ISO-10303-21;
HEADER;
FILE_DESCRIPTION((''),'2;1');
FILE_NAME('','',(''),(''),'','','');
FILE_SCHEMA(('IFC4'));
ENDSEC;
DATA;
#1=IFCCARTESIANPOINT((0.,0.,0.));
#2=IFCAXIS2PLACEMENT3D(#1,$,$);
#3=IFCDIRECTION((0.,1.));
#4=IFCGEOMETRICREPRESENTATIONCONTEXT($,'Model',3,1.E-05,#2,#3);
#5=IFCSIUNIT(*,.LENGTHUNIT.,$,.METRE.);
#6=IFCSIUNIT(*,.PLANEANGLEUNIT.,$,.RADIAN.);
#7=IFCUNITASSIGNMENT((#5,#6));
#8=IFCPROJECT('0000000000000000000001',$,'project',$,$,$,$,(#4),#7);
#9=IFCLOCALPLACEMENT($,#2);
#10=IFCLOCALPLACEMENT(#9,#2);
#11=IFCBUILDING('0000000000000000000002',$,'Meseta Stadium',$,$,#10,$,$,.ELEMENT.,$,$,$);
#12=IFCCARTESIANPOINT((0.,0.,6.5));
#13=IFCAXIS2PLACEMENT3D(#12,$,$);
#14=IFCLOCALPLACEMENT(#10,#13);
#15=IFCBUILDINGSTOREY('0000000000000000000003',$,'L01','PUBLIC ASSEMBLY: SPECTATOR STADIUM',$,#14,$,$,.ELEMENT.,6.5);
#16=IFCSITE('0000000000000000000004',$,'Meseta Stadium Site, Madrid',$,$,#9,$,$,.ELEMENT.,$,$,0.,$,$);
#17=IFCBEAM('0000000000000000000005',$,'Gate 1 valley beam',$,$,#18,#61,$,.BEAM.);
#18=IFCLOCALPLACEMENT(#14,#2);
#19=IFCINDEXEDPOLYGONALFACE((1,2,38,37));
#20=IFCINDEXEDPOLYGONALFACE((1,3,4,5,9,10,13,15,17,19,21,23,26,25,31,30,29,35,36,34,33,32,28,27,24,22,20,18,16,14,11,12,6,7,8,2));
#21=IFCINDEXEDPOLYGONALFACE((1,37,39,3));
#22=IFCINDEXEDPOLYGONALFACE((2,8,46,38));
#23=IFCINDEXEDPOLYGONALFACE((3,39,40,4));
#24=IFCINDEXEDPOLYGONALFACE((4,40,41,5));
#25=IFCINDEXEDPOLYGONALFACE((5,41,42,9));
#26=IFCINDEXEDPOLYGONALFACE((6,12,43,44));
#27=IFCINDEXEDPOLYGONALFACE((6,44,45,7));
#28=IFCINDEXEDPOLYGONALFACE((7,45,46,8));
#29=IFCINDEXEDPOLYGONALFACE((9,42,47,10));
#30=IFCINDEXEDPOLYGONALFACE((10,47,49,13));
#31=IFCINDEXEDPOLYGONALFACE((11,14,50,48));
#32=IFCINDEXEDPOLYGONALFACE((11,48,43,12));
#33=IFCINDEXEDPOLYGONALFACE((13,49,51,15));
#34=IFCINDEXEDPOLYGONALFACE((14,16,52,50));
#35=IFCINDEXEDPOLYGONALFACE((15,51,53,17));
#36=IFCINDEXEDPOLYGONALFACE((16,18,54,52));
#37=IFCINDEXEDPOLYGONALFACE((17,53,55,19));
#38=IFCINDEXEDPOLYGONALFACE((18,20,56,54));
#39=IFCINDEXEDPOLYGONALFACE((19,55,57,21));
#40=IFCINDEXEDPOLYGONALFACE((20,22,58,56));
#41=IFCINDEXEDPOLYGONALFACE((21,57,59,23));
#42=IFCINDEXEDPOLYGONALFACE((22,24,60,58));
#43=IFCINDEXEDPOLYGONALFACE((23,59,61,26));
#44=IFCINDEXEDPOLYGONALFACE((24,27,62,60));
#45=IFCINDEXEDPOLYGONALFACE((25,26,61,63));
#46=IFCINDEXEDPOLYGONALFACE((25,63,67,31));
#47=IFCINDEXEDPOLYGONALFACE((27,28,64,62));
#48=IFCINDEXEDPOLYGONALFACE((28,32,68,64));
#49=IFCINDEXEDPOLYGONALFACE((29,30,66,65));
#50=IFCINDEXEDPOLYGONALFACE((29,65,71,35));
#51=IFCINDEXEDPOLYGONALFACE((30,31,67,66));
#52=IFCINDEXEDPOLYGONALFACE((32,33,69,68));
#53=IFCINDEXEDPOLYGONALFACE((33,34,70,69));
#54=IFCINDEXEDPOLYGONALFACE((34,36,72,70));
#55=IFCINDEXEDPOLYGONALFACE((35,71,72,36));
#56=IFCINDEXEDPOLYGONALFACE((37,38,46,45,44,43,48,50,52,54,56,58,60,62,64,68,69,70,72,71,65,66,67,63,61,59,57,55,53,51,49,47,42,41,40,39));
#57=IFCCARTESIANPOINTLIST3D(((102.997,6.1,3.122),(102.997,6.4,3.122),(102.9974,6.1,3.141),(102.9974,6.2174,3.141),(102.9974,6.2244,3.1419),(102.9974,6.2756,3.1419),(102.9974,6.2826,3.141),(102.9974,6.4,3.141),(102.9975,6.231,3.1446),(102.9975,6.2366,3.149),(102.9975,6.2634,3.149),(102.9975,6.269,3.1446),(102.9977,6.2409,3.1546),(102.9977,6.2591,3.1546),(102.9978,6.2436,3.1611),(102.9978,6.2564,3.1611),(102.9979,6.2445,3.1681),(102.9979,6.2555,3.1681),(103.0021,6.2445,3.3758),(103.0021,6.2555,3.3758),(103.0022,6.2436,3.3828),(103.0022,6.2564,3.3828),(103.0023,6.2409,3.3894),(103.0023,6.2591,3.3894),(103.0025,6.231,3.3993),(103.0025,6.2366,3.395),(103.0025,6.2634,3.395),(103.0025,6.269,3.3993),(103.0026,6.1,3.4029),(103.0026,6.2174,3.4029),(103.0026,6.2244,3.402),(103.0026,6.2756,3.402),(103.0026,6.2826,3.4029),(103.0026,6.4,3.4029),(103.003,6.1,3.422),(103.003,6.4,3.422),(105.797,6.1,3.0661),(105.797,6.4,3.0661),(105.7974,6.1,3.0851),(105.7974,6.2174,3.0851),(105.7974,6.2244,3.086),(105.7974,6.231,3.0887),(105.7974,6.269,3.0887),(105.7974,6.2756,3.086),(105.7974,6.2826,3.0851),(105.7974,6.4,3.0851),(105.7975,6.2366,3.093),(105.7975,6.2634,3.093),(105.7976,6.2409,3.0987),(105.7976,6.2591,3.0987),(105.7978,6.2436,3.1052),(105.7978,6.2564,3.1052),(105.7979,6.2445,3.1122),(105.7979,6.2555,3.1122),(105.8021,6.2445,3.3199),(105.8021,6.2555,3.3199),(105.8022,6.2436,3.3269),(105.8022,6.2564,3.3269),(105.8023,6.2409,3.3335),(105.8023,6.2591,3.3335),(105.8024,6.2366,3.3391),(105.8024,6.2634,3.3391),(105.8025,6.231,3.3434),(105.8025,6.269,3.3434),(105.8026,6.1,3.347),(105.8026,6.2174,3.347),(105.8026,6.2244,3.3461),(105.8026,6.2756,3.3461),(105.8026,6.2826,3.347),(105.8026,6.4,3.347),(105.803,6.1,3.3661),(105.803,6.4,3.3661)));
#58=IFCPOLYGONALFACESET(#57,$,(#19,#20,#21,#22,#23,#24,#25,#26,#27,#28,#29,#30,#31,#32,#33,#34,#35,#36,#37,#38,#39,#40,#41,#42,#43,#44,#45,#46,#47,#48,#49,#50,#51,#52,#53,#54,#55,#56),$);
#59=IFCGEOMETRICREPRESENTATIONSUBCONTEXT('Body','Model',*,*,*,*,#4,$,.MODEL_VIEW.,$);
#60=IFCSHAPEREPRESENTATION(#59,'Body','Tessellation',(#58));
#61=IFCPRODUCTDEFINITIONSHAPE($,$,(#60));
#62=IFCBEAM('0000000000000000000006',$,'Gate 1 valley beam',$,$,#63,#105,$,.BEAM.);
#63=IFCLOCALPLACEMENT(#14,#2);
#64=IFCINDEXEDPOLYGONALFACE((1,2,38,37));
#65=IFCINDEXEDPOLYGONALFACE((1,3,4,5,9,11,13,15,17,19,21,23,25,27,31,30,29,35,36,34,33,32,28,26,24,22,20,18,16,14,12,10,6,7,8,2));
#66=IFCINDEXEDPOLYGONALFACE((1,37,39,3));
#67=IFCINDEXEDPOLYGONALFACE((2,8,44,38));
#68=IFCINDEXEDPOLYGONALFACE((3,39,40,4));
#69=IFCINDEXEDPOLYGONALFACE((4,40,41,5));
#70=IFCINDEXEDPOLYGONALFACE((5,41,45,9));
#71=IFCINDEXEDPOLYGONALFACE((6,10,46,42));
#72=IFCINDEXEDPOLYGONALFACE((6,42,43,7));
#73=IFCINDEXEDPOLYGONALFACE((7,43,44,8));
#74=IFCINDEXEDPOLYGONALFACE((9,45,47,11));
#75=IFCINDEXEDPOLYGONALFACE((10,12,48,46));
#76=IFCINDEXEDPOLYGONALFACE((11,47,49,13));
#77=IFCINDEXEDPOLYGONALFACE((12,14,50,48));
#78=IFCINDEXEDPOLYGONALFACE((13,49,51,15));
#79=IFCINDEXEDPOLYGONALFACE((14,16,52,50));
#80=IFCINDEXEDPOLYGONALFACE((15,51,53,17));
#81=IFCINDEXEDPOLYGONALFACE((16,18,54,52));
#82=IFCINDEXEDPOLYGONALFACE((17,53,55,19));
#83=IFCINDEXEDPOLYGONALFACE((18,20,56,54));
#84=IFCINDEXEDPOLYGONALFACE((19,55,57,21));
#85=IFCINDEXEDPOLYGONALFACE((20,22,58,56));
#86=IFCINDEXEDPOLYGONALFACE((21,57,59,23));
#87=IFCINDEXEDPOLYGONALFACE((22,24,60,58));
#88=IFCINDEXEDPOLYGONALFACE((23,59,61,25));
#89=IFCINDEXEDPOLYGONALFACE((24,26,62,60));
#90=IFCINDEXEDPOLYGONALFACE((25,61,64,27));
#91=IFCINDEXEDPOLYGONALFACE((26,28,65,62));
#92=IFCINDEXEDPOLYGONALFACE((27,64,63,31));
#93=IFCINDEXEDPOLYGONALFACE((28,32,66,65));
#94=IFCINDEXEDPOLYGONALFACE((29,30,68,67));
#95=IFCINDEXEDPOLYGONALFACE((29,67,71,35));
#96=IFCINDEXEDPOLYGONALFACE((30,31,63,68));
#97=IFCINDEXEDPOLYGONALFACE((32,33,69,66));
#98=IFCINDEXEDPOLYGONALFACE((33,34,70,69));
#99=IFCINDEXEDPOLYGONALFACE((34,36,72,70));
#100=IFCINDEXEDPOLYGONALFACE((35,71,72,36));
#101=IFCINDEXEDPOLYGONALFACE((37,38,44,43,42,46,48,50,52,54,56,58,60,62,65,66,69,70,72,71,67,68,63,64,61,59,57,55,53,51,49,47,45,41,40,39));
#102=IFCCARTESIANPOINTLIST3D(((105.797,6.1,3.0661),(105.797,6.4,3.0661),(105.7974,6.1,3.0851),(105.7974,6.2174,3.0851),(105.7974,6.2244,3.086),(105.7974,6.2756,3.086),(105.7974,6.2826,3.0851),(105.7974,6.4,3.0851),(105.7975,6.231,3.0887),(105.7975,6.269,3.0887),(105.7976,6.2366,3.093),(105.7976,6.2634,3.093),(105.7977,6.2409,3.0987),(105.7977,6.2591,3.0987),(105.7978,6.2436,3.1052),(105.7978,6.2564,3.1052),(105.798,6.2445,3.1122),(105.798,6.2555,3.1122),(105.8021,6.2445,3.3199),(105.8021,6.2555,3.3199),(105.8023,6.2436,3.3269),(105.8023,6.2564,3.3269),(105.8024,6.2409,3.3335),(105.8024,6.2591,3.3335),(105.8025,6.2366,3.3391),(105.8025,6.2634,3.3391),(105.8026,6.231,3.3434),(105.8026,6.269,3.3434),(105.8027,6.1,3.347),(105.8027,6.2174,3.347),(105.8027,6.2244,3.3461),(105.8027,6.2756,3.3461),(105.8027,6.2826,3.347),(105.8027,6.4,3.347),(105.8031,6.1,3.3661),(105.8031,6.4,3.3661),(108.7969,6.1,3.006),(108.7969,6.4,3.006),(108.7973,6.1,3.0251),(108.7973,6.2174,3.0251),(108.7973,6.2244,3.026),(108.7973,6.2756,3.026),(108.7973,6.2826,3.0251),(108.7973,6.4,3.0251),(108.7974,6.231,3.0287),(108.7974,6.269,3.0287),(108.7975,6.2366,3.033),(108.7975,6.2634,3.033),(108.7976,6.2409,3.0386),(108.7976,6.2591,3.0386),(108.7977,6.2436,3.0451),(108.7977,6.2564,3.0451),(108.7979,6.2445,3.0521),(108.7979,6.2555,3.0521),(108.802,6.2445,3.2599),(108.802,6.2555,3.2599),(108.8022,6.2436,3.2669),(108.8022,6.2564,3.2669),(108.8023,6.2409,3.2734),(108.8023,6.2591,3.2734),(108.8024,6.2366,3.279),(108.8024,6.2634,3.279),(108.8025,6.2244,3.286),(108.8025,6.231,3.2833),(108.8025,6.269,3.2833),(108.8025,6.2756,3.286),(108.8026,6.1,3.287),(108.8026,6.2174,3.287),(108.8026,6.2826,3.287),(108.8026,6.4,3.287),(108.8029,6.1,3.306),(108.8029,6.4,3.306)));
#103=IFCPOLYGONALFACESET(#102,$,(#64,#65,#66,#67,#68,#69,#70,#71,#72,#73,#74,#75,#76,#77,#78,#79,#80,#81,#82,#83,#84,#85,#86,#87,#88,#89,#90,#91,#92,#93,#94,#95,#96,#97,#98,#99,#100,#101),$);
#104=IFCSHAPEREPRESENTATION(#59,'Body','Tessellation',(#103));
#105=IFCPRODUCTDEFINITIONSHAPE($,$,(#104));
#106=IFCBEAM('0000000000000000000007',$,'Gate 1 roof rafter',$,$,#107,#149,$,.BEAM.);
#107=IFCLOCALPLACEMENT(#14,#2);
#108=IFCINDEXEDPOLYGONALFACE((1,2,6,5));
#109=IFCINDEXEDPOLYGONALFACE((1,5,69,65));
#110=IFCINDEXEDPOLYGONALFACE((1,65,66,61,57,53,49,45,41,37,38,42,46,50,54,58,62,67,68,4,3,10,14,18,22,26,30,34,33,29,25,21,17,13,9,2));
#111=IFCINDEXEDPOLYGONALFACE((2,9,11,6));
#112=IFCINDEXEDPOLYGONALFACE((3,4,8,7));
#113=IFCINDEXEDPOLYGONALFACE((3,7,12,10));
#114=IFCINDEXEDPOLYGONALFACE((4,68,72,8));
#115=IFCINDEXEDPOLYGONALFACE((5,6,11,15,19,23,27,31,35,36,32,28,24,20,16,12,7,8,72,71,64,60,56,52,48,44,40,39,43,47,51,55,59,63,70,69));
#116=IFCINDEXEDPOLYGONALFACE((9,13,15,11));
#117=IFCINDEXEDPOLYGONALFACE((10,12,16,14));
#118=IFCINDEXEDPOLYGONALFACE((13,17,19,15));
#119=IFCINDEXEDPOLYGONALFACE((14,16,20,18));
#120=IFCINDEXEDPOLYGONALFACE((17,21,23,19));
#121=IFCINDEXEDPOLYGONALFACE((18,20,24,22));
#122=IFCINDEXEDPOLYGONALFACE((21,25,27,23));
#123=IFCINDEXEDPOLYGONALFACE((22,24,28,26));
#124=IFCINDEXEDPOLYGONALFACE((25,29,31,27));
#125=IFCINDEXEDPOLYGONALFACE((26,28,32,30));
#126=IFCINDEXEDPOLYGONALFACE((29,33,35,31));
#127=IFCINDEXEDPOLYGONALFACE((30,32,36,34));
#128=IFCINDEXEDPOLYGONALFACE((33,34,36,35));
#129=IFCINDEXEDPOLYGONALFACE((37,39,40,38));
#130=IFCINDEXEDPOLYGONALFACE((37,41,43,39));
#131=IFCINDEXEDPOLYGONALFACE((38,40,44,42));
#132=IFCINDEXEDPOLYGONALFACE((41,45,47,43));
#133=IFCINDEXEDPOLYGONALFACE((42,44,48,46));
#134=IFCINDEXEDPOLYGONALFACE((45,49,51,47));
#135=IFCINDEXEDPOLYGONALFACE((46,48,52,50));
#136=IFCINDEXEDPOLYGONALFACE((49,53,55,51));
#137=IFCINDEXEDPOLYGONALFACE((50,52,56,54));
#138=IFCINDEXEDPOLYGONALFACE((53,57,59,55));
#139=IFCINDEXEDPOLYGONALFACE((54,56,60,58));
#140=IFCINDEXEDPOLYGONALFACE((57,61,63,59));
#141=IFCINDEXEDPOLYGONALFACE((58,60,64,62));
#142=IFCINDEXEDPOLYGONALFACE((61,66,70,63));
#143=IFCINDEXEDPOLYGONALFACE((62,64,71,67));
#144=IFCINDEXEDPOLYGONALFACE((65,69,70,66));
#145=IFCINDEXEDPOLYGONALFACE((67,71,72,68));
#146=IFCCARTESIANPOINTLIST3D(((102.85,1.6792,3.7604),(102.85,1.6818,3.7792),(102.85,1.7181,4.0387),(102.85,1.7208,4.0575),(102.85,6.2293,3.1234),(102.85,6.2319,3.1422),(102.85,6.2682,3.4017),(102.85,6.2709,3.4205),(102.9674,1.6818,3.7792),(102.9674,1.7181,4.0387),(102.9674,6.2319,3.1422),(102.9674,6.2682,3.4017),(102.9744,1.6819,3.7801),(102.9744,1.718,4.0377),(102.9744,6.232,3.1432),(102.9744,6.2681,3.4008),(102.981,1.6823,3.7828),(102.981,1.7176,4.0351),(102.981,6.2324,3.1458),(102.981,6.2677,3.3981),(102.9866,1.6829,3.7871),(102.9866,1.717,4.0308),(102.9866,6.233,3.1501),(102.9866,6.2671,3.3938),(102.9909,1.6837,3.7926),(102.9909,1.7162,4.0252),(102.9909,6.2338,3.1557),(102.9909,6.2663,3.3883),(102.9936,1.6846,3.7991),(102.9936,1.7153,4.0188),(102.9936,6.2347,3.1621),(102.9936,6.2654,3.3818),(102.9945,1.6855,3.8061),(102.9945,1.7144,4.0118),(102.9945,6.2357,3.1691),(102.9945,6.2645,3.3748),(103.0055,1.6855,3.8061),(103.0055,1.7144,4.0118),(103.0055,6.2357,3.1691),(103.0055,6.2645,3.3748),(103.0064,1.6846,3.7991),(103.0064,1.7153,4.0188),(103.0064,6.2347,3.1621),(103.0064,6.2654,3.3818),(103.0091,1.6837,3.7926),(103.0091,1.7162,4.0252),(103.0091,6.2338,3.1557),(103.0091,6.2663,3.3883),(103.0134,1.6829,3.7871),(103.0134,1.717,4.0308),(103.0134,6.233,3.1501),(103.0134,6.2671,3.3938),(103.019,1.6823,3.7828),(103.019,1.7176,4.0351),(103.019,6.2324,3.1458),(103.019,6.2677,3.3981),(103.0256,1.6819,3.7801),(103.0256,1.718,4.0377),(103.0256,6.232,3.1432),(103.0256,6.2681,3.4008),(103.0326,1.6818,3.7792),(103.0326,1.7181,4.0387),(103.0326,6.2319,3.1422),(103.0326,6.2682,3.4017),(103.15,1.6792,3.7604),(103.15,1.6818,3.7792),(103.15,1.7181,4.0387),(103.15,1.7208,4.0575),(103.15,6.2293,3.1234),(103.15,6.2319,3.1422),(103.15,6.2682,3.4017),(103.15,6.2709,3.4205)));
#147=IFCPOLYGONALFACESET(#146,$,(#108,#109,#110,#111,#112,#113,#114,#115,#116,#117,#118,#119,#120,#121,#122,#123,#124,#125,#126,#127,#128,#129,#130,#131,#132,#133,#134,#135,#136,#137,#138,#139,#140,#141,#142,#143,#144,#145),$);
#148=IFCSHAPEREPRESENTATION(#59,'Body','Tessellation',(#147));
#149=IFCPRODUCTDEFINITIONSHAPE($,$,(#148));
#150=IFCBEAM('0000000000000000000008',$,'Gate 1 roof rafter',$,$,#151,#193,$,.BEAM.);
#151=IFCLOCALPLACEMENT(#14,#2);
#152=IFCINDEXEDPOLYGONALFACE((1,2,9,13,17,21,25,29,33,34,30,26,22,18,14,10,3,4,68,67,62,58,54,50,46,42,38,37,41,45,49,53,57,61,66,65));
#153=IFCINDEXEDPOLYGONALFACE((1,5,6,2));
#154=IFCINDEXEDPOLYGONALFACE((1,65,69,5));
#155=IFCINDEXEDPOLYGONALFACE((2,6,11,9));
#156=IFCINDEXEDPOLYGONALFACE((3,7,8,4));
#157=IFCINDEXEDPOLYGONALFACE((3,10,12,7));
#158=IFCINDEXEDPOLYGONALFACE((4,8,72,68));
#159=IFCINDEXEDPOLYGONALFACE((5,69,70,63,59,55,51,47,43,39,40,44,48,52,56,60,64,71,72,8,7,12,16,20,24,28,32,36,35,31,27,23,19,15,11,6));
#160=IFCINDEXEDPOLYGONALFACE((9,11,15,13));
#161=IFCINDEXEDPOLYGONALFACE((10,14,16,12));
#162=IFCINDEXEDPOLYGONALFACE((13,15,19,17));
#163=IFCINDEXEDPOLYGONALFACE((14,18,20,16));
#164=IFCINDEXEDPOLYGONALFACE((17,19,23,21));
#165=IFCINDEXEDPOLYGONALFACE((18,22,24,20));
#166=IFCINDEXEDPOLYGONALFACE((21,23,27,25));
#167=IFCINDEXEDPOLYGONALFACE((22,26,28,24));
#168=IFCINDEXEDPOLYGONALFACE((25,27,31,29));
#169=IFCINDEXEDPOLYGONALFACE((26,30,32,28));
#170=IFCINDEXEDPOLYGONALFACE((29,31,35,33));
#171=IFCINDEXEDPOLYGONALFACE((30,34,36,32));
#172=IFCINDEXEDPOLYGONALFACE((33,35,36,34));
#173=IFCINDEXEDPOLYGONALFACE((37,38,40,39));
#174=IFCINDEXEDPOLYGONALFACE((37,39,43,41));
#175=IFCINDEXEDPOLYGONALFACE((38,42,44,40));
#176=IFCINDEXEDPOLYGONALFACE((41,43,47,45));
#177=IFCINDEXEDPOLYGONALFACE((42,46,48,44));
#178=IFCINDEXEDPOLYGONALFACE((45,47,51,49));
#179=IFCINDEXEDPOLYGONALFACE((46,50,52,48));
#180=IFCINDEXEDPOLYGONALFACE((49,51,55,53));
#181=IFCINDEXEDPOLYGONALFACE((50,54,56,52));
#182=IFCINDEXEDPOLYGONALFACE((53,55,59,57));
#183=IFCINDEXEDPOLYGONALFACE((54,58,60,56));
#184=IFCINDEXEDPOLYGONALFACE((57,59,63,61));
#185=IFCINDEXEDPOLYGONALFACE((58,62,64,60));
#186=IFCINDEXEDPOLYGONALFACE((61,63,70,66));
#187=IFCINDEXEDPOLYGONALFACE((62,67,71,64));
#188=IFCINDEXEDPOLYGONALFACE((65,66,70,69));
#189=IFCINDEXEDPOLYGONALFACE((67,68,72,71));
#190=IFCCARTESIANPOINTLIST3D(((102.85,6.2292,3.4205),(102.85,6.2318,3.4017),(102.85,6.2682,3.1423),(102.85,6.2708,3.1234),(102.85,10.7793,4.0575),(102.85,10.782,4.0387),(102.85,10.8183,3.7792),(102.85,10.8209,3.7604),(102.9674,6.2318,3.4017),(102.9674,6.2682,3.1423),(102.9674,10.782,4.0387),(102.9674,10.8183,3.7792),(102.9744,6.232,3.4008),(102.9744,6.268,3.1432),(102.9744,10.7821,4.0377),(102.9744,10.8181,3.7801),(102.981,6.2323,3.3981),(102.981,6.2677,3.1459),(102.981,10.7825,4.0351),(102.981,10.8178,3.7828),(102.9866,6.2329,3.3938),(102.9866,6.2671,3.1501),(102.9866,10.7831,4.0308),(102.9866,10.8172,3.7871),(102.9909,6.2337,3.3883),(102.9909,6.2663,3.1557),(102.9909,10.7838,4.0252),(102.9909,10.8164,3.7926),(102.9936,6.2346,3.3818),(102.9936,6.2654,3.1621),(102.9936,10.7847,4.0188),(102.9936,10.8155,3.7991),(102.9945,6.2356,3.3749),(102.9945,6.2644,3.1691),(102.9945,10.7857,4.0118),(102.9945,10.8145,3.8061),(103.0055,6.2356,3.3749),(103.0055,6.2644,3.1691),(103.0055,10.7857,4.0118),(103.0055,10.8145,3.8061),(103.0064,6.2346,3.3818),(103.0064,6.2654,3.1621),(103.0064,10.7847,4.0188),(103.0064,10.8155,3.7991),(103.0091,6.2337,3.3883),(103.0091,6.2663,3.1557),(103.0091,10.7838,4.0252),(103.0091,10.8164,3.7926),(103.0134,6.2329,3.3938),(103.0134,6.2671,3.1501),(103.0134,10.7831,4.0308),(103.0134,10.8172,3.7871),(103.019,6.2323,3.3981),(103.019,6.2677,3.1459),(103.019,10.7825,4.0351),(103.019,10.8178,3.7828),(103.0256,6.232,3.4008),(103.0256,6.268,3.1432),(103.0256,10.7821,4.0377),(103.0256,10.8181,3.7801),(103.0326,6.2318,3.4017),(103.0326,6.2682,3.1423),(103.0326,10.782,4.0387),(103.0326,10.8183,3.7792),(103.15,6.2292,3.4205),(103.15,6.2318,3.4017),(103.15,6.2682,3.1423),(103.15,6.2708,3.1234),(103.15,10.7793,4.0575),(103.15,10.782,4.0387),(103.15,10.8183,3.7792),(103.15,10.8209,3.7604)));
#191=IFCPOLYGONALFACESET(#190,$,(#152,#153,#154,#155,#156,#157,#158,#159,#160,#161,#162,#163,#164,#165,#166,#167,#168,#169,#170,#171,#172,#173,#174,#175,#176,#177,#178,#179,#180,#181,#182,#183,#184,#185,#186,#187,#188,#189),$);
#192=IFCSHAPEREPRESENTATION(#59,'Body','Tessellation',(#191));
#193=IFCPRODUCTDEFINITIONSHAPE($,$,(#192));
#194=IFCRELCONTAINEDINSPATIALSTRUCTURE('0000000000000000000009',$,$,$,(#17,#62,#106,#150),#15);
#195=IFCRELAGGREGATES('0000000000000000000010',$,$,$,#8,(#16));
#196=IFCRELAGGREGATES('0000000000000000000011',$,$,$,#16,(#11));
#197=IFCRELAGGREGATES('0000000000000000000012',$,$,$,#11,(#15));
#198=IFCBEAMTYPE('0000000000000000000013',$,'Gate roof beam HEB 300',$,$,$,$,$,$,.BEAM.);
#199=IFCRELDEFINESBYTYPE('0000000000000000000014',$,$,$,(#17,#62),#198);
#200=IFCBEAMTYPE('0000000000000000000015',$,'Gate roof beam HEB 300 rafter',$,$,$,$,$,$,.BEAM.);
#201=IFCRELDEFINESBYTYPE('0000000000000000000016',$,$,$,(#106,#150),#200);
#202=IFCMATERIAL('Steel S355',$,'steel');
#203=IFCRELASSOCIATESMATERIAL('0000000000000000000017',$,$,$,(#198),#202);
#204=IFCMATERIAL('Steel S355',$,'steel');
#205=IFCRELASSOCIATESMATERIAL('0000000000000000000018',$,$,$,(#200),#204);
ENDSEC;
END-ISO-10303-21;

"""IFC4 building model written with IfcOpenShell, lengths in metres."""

from ifc_helpers import new_model, si_unit, direction, frame, origin, origin_2d, place, context, subcontext, project, spatial, i_section, extrude, material, material_profile, profile_set, type_object, element, save


model = new_model("IFC4")

# Units and contexts
model_context = context("Model", 3, precision=1e-05, world=origin(), true_north=direction((0.0, 1.0)))
body_context = subcontext(model_context, "Body", "Model", "MODEL_VIEW")
ifc_project = project(units=[si_unit("LENGTHUNIT", "METRE"), si_unit("PLANEANGLEUNIT", "RADIAN")], contexts=[model_context])

# Site, building, storey
site_placement = place(None, origin())
site = spatial("IfcSite", under=ifc_project, at=site_placement, Name="Meseta Stadium Site, Madrid", CompositionType="ELEMENT", RefElevation=0.0)
building_placement = place(site_placement, origin())
building = spatial("IfcBuilding", under=site, at=building_placement, Name="Meseta Stadium", CompositionType="ELEMENT")
storey_placement = place(building_placement, frame((0.0, 0.0, 6.5)))
storey = spatial("IfcBuildingStorey", under=building, at=storey_placement, Name="L01", Description="PUBLIC ASSEMBLY: SPECTATOR STADIUM", CompositionType="ELEMENT", Elevation=6.5)

# Beams
ifc_material_1 = material(Name="Steel S355", Category="steel")
ifc_material_profile_1 = material_profile(ifc_material_1, i_section(OverallWidth=0.3, OverallDepth=0.3, WebThickness=0.011, FlangeThickness=0.019, FilletRadius=0.0271, at=origin_2d()), Name="HEB 300")
ifc_profile_set_1 = profile_set([ifc_material_profile_1], Name="Steel S355")
beam_type_1 = type_object("IfcBeamType", Name="Gate roof beam HEB 300", PredefinedType="BEAM", material=ifc_profile_set_1)
beam_1_placement = place(storey_placement, frame((103.0, 6.25, 3.272), z_axis=(0.999801, 0.0, -0.019963), x_axis=(0.0, 1.0, 0.0)))
element("IfcBeam", 1, at=beam_1_placement, inside=storey, type_object=beam_type_1, Name="Gate 1 valley beam", PredefinedType="BEAM", context=body_context, shape_type="SweptSolid", body=[
    extrude(i_section(OverallWidth=0.3, OverallDepth=0.3, WebThickness=0.011, FlangeThickness=0.019, FilletRadius=0.0271, at=origin_2d()), origin(), (0.0, 0.0, 1.0), 2.8005),
])
beam_2_placement = place(storey_placement, frame((105.8, 6.25, 3.2161), z_axis=(0.9998, 0.0, -0.020016), x_axis=(0.0, 1.0, 0.0)))
element("IfcBeam", 2, at=beam_2_placement, inside=storey, type_object=beam_type_1, Name="Gate 1 valley beam", PredefinedType="BEAM", context=body_context, shape_type="SweptSolid", body=[
    extrude(i_section(OverallWidth=0.3, OverallDepth=0.3, WebThickness=0.011, FlangeThickness=0.019, FilletRadius=0.0271, at=origin_2d()), origin(), (0.0, 0.0, 1.0), 3.0005),
])
ifc_material_2 = material(Name="Steel S355", Category="steel")
ifc_material_profile_2 = material_profile(ifc_material_2, i_section(OverallWidth=0.3, OverallDepth=0.3, WebThickness=0.011, FlangeThickness=0.019, FilletRadius=0.0271, at=origin_2d()), Name="HEB 300")
ifc_profile_set_2 = profile_set([ifc_material_profile_2], Name="Steel S355")
beam_type_2 = type_object("IfcBeamType", Name="Gate roof beam HEB 300 rafter", PredefinedType="BEAM", material=ifc_profile_set_2)
for number, where, z_axis, x_axis, name in (
    (3, (103.0, 1.7, 3.9089), (0.0, 0.990343, -0.138638), (-1.0, 0.0, 0.0), "Gate 1 roof rafter"),
    (4, (103.0, 6.25, 3.272), (0.0, 0.990343, 0.138638), (-1.0, 0.0, 0.0), "Gate 1 roof rafter"),
):
    element("IfcBeam", number, at=place(storey_placement, frame(where, z_axis=z_axis, x_axis=x_axis)), inside=storey, type_object=beam_type_2, Name=name, PredefinedType="BEAM", context=body_context, shape_type="SweptSolid", body=[
        extrude(i_section(OverallWidth=0.3, OverallDepth=0.3, WebThickness=0.011, FlangeThickness=0.019, FilletRadius=0.0271, at=origin_2d()), origin(), (0.0, 0.0, 1.0), 4.5945),
    ])

save(model, "model.ifc")
